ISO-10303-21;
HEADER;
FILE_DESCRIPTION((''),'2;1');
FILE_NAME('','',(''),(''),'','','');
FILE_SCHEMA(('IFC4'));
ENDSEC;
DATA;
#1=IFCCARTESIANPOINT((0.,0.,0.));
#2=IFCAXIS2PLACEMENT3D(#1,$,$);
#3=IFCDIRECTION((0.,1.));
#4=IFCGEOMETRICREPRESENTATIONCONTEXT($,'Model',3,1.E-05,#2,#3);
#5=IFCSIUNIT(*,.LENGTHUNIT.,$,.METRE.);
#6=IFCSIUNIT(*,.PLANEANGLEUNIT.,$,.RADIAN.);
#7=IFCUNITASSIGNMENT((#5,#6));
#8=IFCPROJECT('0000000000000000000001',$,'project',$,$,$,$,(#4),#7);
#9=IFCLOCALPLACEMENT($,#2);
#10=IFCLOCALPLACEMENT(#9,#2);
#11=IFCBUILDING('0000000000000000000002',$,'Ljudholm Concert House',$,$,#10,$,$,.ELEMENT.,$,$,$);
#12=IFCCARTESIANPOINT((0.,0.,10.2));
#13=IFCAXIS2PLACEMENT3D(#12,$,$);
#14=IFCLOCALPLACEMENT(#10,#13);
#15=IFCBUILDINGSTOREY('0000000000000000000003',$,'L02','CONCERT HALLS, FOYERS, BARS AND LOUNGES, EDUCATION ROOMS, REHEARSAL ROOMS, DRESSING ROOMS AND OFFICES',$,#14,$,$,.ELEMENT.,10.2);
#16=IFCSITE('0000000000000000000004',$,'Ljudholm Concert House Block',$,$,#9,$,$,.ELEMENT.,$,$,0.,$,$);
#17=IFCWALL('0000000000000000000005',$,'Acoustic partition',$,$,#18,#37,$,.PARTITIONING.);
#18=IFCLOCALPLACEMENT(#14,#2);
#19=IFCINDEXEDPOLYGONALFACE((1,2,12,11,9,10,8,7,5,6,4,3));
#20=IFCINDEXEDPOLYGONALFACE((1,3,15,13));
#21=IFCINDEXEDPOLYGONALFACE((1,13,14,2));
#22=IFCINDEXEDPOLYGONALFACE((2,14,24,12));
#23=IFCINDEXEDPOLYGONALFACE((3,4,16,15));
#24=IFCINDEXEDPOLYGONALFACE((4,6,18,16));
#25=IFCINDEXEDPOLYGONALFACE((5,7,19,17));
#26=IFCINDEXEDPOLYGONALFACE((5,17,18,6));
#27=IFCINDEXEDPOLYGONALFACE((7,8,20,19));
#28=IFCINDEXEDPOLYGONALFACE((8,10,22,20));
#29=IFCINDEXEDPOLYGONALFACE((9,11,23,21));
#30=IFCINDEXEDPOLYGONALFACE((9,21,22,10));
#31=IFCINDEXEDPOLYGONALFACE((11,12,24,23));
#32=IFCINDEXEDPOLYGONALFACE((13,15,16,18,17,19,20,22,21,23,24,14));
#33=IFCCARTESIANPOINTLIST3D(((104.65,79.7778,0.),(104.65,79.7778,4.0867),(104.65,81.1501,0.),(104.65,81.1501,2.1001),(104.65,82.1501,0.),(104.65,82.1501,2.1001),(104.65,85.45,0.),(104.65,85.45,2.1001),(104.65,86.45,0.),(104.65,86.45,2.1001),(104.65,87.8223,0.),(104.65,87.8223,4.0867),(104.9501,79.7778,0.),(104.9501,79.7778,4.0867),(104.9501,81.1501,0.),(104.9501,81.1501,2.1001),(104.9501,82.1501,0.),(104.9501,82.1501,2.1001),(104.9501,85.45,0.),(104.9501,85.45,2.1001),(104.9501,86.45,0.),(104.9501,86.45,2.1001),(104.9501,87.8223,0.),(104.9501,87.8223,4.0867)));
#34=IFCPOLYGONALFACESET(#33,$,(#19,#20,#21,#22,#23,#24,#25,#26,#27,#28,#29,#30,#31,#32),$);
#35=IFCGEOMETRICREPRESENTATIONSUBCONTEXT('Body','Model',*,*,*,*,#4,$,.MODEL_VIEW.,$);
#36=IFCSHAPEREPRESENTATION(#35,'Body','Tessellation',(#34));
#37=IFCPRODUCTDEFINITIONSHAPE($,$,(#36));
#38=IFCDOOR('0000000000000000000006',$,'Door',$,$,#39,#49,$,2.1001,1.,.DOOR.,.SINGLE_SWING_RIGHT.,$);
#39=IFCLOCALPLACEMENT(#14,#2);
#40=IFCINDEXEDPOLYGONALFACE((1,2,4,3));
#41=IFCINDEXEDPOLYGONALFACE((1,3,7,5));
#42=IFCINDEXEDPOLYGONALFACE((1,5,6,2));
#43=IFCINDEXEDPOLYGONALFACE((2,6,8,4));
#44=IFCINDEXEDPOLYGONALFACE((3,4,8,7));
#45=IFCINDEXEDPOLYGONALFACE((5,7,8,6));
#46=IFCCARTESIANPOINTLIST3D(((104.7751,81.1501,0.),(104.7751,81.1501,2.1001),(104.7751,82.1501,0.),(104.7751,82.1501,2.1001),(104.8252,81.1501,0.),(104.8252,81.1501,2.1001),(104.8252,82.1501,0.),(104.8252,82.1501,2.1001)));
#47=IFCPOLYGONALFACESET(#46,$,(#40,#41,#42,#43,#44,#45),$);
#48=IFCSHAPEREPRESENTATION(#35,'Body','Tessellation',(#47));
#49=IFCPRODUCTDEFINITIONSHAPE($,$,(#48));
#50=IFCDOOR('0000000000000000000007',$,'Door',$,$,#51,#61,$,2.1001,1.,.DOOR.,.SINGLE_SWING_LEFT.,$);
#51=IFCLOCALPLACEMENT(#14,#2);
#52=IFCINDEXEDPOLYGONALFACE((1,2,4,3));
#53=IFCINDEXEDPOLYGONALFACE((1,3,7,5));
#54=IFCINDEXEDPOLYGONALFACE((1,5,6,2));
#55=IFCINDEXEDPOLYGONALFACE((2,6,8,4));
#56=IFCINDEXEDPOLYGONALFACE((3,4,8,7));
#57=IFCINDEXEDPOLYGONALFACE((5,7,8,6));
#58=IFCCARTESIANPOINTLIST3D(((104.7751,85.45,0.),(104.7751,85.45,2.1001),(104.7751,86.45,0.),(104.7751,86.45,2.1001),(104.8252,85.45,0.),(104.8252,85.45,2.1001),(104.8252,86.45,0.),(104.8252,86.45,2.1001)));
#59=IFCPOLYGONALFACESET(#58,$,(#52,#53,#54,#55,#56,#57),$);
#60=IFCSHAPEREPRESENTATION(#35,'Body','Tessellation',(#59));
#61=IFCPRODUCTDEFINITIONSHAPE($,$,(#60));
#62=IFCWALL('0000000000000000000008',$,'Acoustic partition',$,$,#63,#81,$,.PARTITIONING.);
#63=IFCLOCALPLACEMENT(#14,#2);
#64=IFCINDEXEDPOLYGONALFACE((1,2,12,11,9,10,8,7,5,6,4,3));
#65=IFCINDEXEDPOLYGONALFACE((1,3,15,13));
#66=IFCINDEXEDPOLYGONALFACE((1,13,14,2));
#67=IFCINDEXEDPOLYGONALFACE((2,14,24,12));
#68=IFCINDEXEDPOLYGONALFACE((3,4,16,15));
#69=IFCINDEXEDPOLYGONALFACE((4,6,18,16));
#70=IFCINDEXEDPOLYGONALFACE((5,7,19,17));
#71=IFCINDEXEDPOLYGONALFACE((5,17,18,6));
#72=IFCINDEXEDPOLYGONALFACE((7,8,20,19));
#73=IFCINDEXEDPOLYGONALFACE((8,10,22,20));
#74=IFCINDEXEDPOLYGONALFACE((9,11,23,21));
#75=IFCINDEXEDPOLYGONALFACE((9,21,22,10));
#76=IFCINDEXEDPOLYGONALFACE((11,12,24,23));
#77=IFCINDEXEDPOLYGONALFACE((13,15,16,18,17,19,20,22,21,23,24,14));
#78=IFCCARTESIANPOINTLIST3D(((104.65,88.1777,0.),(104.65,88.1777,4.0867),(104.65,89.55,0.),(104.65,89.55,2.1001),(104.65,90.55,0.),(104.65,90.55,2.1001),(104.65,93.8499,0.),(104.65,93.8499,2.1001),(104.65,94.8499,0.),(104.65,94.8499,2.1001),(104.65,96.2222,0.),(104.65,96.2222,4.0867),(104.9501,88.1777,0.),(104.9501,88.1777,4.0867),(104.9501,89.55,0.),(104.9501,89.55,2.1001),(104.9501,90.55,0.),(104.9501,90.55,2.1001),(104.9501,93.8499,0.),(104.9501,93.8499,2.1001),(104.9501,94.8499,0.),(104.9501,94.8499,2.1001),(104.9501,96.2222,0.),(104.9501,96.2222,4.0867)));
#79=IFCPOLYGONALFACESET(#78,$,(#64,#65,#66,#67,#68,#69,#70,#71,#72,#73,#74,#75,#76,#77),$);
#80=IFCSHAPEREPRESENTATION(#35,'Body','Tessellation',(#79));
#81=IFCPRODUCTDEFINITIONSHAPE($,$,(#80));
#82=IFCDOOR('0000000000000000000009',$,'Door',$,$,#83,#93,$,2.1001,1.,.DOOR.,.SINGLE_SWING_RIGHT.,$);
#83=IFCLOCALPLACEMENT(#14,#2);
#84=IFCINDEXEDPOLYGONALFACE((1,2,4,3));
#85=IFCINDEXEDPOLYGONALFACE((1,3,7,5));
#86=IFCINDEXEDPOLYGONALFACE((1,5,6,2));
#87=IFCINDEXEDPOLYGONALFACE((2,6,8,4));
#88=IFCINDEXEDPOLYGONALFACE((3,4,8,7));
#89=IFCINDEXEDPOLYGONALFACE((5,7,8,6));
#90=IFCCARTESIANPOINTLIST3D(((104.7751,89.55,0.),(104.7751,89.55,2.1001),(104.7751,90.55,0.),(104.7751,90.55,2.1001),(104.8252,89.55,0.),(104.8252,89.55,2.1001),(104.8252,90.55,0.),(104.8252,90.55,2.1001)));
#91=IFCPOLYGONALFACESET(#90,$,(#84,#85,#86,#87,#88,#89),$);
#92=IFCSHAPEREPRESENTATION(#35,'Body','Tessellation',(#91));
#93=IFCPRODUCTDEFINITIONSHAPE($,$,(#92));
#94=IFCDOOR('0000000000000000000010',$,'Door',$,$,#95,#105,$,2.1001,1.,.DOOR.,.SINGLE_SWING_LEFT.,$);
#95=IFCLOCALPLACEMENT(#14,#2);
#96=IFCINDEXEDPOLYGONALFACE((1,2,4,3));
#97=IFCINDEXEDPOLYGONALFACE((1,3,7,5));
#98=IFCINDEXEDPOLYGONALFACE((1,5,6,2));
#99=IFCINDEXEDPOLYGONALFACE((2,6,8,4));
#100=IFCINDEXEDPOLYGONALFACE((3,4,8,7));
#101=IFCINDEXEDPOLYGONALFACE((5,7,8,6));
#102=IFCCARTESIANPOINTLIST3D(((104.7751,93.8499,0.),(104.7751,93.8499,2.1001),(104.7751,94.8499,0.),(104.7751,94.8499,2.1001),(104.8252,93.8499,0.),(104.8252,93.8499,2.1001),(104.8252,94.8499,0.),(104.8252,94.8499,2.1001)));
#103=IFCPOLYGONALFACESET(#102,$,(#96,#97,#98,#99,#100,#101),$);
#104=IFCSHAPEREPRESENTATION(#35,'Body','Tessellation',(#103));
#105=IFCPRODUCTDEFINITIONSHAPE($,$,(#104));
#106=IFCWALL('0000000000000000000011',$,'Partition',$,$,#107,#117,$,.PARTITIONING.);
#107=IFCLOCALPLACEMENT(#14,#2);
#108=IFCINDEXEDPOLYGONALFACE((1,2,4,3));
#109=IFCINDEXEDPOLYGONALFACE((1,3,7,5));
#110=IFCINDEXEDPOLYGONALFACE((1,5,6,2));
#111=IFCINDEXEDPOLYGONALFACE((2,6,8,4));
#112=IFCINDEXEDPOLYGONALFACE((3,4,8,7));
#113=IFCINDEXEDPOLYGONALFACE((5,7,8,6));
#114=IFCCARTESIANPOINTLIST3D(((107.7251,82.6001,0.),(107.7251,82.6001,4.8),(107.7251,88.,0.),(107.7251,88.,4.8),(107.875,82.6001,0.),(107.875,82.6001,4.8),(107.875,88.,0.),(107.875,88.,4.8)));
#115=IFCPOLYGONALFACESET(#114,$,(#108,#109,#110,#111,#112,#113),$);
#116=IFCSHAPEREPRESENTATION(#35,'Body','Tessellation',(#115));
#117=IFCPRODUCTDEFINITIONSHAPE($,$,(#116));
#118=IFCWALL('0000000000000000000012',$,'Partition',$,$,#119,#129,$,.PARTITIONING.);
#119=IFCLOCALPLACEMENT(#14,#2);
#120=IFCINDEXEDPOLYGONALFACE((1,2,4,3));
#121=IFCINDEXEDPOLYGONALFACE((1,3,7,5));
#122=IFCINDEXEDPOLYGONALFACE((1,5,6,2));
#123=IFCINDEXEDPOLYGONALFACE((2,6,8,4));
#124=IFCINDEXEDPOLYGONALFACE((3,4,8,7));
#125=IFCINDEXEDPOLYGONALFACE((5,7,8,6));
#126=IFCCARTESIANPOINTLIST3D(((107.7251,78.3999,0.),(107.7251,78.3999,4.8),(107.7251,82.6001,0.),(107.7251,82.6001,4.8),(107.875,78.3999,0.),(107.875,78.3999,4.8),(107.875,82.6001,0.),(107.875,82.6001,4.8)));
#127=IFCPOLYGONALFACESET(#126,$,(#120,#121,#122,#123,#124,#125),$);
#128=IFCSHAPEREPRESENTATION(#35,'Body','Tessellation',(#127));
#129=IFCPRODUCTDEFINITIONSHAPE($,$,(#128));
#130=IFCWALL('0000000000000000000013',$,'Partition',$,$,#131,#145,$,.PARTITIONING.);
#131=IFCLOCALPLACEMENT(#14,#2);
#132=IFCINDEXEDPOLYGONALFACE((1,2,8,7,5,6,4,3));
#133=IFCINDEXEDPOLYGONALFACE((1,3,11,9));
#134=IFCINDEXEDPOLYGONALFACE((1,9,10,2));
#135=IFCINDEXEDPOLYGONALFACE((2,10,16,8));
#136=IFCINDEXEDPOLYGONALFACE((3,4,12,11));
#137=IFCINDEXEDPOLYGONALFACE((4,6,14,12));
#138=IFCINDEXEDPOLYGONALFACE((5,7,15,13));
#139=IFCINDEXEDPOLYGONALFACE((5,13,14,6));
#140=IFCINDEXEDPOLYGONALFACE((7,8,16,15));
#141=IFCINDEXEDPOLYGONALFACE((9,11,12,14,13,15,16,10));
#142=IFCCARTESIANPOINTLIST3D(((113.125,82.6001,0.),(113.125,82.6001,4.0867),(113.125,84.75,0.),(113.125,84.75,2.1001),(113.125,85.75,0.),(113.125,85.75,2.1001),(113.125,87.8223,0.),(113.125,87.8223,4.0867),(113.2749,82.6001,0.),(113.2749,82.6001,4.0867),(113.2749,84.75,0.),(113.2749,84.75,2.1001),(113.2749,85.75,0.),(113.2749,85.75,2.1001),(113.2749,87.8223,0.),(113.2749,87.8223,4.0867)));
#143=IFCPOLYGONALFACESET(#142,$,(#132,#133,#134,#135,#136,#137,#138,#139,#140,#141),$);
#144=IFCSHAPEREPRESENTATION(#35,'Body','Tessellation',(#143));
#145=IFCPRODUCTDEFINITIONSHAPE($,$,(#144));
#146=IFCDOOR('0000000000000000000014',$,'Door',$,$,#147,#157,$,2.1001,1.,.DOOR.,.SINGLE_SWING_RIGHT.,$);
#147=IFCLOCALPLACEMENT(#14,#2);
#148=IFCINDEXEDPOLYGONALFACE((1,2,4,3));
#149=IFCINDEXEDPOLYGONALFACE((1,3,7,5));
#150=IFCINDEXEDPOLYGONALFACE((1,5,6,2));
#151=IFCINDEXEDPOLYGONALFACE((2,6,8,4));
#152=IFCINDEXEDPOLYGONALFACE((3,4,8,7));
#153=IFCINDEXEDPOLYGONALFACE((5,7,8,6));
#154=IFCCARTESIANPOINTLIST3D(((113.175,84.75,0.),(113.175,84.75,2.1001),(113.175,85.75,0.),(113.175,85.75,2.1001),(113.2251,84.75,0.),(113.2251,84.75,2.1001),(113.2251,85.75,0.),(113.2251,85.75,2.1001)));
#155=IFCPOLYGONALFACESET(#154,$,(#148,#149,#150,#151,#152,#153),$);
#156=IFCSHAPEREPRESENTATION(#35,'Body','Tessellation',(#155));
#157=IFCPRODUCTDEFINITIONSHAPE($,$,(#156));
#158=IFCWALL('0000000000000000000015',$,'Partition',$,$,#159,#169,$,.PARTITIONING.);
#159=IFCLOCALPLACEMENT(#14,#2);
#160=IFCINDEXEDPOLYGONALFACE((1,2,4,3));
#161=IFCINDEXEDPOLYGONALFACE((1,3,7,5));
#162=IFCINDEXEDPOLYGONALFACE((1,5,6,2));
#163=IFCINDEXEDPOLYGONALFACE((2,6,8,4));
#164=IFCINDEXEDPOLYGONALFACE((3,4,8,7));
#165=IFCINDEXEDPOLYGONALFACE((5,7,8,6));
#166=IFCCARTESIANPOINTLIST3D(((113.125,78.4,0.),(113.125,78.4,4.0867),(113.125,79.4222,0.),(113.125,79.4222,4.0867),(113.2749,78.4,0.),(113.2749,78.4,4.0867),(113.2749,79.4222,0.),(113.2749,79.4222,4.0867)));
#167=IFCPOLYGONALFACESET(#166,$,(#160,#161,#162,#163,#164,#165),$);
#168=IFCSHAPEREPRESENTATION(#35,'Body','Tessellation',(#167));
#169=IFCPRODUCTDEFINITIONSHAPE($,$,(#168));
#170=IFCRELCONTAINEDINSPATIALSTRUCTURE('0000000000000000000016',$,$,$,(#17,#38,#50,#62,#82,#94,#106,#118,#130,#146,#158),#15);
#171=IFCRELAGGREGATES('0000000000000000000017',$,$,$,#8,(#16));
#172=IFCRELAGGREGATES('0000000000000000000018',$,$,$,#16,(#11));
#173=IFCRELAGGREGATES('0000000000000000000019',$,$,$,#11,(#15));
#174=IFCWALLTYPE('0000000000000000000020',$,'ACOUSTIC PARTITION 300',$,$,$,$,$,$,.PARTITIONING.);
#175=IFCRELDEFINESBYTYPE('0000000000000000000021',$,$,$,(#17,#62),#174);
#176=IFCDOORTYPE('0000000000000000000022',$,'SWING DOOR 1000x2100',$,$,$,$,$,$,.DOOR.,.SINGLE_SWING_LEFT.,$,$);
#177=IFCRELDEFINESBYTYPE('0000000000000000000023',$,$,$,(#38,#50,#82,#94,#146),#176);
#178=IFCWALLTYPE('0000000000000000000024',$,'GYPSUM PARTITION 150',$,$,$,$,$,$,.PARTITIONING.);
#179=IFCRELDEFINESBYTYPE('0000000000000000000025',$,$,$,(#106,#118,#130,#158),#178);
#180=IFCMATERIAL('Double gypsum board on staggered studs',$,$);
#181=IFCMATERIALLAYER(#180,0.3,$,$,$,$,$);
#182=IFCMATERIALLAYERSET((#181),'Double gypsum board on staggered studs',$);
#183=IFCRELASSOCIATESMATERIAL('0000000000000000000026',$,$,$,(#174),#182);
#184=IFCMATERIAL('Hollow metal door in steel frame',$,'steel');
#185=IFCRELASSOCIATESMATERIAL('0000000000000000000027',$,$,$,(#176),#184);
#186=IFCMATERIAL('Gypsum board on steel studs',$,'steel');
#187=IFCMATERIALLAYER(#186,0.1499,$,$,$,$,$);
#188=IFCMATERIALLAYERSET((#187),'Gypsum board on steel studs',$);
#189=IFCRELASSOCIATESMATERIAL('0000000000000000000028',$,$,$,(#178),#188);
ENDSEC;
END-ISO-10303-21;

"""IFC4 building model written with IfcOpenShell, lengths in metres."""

from ifc_helpers import new_model, si_unit, direction, frame, frame_2d, origin, place, context, subcontext, project, spatial, rectangle, extrude, material, layer, layer_set, type_object, element, fill, save


model = new_model("IFC4")

# Units and contexts
model_context = context("Model", 3, precision=1e-05, world=origin(), true_north=direction((0.0, 1.0)))
body_context = subcontext(model_context, "Body", "Model", "MODEL_VIEW")
ifc_project = project(units=[si_unit("LENGTHUNIT", "METRE"), si_unit("PLANEANGLEUNIT", "RADIAN")], contexts=[model_context])

# Site, building, storey
site_placement = place(None, origin())
site = spatial("IfcSite", under=ifc_project, at=site_placement, Name="Ljudholm Concert House Block", CompositionType="ELEMENT", RefElevation=0.0)
building_placement = place(site_placement, origin())
building = spatial("IfcBuilding", under=site, at=building_placement, Name="Ljudholm Concert House", CompositionType="ELEMENT")
storey_placement = place(building_placement, frame((0.0, 0.0, 10.2)))
storey = spatial("IfcBuildingStorey", under=building, at=storey_placement, Name="L02", Description="CONCERT HALLS, FOYERS, BARS AND LOUNGES, EDUCATION ROOMS, REHEARSAL ROOMS, DRESSING ROOMS AND OFFICES", CompositionType="ELEMENT", Elevation=10.2)

# Walls, openings, doors
ifc_material_1 = material(Name="Double gypsum board on staggered studs")
ifc_layer_1 = layer(ifc_material_1, 0.3)
ifc_layer_set_1 = layer_set([ifc_layer_1], Name="Double gypsum board on staggered studs")
wall_type_1 = type_object("IfcWallType", Name="ACOUSTIC PARTITION 300", PredefinedType="PARTITIONING", material=ifc_layer_set_1)
wall_1_placement = place(storey_placement, frame((104.8, 79.7778, 0.0), z_axis=(0.0, 0.0, 1.0), x_axis=(0.0, 1.0, 0.0)))
wall_1 = element("IfcWall", 1, at=wall_1_placement, inside=storey, type_object=wall_type_1, Name="Acoustic partition", PredefinedType="PARTITIONING", context=body_context, shape_type="SweptSolid", body=[
    extrude(rectangle(XDim=8.0444, YDim=0.3, at=frame_2d((4.0222, 0.0))), origin(), (0.0, 0.0, 1.0), 4.0867),
])
opening_1_placement = place(wall_1_placement, frame((1.3723, 0.0, 0.0)))
opening_1 = element("IfcOpeningElement", 2, at=opening_1_placement, cuts=wall_1, PredefinedType="OPENING", context=body_context, shape_type="SweptSolid", body=[
    extrude(rectangle(XDim=1.0, YDim=2.1001, at=frame_2d((0.5, 1.05))), frame((0.0, 0.1599, 0.0), z_axis=(0.0, -1.0, 0.0), x_axis=(1.0, 0.0, 0.0)), (0.0, 0.0, 1.0), 0.3201),
])
opening_2_placement = place(wall_1_placement, frame((5.6721, 0.0, 0.0)))
opening_2 = element("IfcOpeningElement", 3, at=opening_2_placement, cuts=wall_1, PredefinedType="OPENING", context=body_context, shape_type="SweptSolid", body=[
    extrude(rectangle(XDim=1.0, YDim=2.1001, at=frame_2d((0.5, 1.05))), frame((0.0, 0.1599, 0.0), z_axis=(0.0, -1.0, 0.0), x_axis=(1.0, 0.0, 0.0)), (0.0, 0.0, 1.0), 0.3201),
])
ifc_material_2 = material(Name="Hollow metal door in steel frame", Category="steel")
door_type_1 = type_object("IfcDoorType", Name="SWING DOOR 1000x2100", OperationType="SINGLE_SWING_LEFT", PredefinedType="DOOR", material=ifc_material_2)
door_1_placement = place(opening_1_placement, origin())
door_1 = element("IfcDoor", 4, at=door_1_placement, inside=storey, type_object=door_type_1, Name="Door", OperationType="SINGLE_SWING_RIGHT", OverallHeight=2.1001, OverallWidth=1.0, PredefinedType="DOOR", context=body_context, shape_type="SweptSolid", body=[
    extrude(rectangle(XDim=1.0, YDim=2.1001, at=frame_2d((0.5, 1.05))), frame((0.0, 0.0249, 0.0), z_axis=(0.0, -1.0, 0.0), x_axis=(1.0, 0.0, 0.0)), (0.0, 0.0, 1.0), 0.05),
])
fill(opening_1, door_1)
door_2_placement = place(opening_2_placement, origin())
door_2 = element("IfcDoor", 5, at=door_2_placement, inside=storey, type_object=door_type_1, Name="Door", OperationType="SINGLE_SWING_LEFT", OverallHeight=2.1001, OverallWidth=1.0, PredefinedType="DOOR", context=body_context, shape_type="SweptSolid", body=[
    extrude(rectangle(XDim=1.0, YDim=2.1001, at=frame_2d((0.5, 1.05))), frame((0.0, 0.0249, 0.0), z_axis=(0.0, -1.0, 0.0), x_axis=(1.0, 0.0, 0.0)), (0.0, 0.0, 1.0), 0.05),
])
fill(opening_2, door_2)
wall_2_placement = place(storey_placement, frame((104.8, 88.1777, 0.0), z_axis=(0.0, 0.0, 1.0), x_axis=(0.0, 1.0, 0.0)))
wall_2 = element("IfcWall", 6, at=wall_2_placement, inside=storey, type_object=wall_type_1, Name="Acoustic partition", PredefinedType="PARTITIONING", context=body_context, shape_type="SweptSolid", body=[
    extrude(rectangle(XDim=8.0444, YDim=0.3, at=frame_2d((4.0222, 0.0))), origin(), (0.0, 0.0, 1.0), 4.0867),
])
opening_3_placement = place(wall_2_placement, frame((1.3723, 0.0, 0.0)))
opening_3 = element("IfcOpeningElement", 7, at=opening_3_placement, cuts=wall_2, PredefinedType="OPENING", context=body_context, shape_type="SweptSolid", body=[
    extrude(rectangle(XDim=1.0, YDim=2.1001, at=frame_2d((0.5, 1.05))), frame((0.0, 0.1599, 0.0), z_axis=(0.0, -1.0, 0.0), x_axis=(1.0, 0.0, 0.0)), (0.0, 0.0, 1.0), 0.3201),
])
opening_4_placement = place(wall_2_placement, frame((5.6721, 0.0, 0.0)))
opening_4 = element("IfcOpeningElement", 8, at=opening_4_placement, cuts=wall_2, PredefinedType="OPENING", context=body_context, shape_type="SweptSolid", body=[
    extrude(rectangle(XDim=1.0, YDim=2.1001, at=frame_2d((0.5, 1.05))), frame((0.0, 0.1599, 0.0), z_axis=(0.0, -1.0, 0.0), x_axis=(1.0, 0.0, 0.0)), (0.0, 0.0, 1.0), 0.3201),
])
door_3_placement = place(opening_3_placement, origin())
door_3 = element("IfcDoor", 9, at=door_3_placement, inside=storey, type_object=door_type_1, Name="Door", OperationType="SINGLE_SWING_RIGHT", OverallHeight=2.1001, OverallWidth=1.0, PredefinedType="DOOR", context=body_context, shape_type="SweptSolid", body=[
    extrude(rectangle(XDim=1.0, YDim=2.1001, at=frame_2d((0.5, 1.05))), frame((0.0, 0.0249, 0.0), z_axis=(0.0, -1.0, 0.0), x_axis=(1.0, 0.0, 0.0)), (0.0, 0.0, 1.0), 0.05),
])
fill(opening_3, door_3)
door_4_placement = place(opening_4_placement, origin())
door_4 = element("IfcDoor", 10, at=door_4_placement, inside=storey, type_object=door_type_1, Name="Door", OperationType="SINGLE_SWING_LEFT", OverallHeight=2.1001, OverallWidth=1.0, PredefinedType="DOOR", context=body_context, shape_type="SweptSolid", body=[
    extrude(rectangle(XDim=1.0, YDim=2.1001, at=frame_2d((0.5, 1.05))), frame((0.0, 0.0249, 0.0), z_axis=(0.0, -1.0, 0.0), x_axis=(1.0, 0.0, 0.0)), (0.0, 0.0, 1.0), 0.05),
])
fill(opening_4, door_4)

# Walls
ifc_material_3 = material(Name="Gypsum board on steel studs", Category="steel")
ifc_layer_2 = layer(ifc_material_3, 0.1499)
ifc_layer_set_2 = layer_set([ifc_layer_2], Name="Gypsum board on steel studs")
wall_type_2 = type_object("IfcWallType", Name="GYPSUM PARTITION 150", PredefinedType="PARTITIONING", material=ifc_layer_set_2)
wall_3_placement = place(storey_placement, frame((107.8, 82.6001, 0.0), z_axis=(0.0, 0.0, 1.0), x_axis=(0.0, 1.0, 0.0)))
element("IfcWall", 11, at=wall_3_placement, inside=storey, type_object=wall_type_2, Name="Partition", PredefinedType="PARTITIONING", context=body_context, shape_type="SweptSolid", body=[
    extrude(rectangle(XDim=5.3999, YDim=0.1499, at=frame_2d((2.7, 0.0))), origin(), (0.0, 0.0, 1.0), 4.8),
])
wall_4_placement = place(storey_placement, frame((107.8, 78.3999, 0.0), z_axis=(0.0, 0.0, 1.0), x_axis=(0.0, 1.0, 0.0)))
element("IfcWall", 12, at=wall_4_placement, inside=storey, type_object=wall_type_2, Name="Partition", PredefinedType="PARTITIONING", context=body_context, shape_type="SweptSolid", body=[
    extrude(rectangle(XDim=4.2002, YDim=0.1499, at=frame_2d((2.1001, 0.0))), origin(), (0.0, 0.0, 1.0), 4.8),
])

# Wall, opening, door
wall_5_placement = place(storey_placement, frame((113.2, 82.6001, 0.0), z_axis=(0.0, 0.0, 1.0), x_axis=(0.0, 1.0, 0.0)))
wall_5 = element("IfcWall", 13, at=wall_5_placement, inside=storey, type_object=wall_type_2, Name="Partition", PredefinedType="PARTITIONING", context=body_context, shape_type="SweptSolid", body=[
    extrude(rectangle(XDim=5.2222, YDim=0.1499, at=frame_2d((2.6111, 0.0))), origin(), (0.0, 0.0, 1.0), 4.0867),
])
opening_5_placement = place(wall_5_placement, frame((2.1499, 0.0, 0.0)))
opening_5 = element("IfcOpeningElement", 14, at=opening_5_placement, cuts=wall_5, PredefinedType="OPENING", context=body_context, shape_type="SweptSolid", body=[
    extrude(rectangle(XDim=1.0, YDim=2.1001, at=frame_2d((0.5, 1.05))), frame((0.0, 0.085, 0.0), z_axis=(0.0, -1.0, 0.0), x_axis=(1.0, 0.0, 0.0)), (0.0, 0.0, 1.0), 0.1699),
])
door_5_placement = place(opening_5_placement, origin())
door_5 = element("IfcDoor", 15, at=door_5_placement, inside=storey, type_object=door_type_1, Name="Door", OperationType="SINGLE_SWING_RIGHT", OverallHeight=2.1001, OverallWidth=1.0, PredefinedType="DOOR", context=body_context, shape_type="SweptSolid", body=[
    extrude(rectangle(XDim=1.0, YDim=2.1001, at=frame_2d((0.5, 1.05))), frame((0.0, 0.0249, 0.0), z_axis=(0.0, -1.0, 0.0), x_axis=(1.0, 0.0, 0.0)), (0.0, 0.0, 1.0), 0.05),
])
fill(opening_5, door_5)

# Wall
wall_6_placement = place(storey_placement, frame((113.2, 78.3999, 0.0), z_axis=(0.0, 0.0, 1.0), x_axis=(0.0, 1.0, 0.0)))
element("IfcWall", 16, at=wall_6_placement, inside=storey, type_object=wall_type_2, Name="Partition", PredefinedType="PARTITIONING", context=body_context, shape_type="SweptSolid", body=[
    extrude(rectangle(XDim=1.0222, YDim=0.1499, at=frame_2d((0.5112, 0.0))), origin(), (0.0, 0.0, 1.0), 4.0867),
])

save(model, "model.ifc")
